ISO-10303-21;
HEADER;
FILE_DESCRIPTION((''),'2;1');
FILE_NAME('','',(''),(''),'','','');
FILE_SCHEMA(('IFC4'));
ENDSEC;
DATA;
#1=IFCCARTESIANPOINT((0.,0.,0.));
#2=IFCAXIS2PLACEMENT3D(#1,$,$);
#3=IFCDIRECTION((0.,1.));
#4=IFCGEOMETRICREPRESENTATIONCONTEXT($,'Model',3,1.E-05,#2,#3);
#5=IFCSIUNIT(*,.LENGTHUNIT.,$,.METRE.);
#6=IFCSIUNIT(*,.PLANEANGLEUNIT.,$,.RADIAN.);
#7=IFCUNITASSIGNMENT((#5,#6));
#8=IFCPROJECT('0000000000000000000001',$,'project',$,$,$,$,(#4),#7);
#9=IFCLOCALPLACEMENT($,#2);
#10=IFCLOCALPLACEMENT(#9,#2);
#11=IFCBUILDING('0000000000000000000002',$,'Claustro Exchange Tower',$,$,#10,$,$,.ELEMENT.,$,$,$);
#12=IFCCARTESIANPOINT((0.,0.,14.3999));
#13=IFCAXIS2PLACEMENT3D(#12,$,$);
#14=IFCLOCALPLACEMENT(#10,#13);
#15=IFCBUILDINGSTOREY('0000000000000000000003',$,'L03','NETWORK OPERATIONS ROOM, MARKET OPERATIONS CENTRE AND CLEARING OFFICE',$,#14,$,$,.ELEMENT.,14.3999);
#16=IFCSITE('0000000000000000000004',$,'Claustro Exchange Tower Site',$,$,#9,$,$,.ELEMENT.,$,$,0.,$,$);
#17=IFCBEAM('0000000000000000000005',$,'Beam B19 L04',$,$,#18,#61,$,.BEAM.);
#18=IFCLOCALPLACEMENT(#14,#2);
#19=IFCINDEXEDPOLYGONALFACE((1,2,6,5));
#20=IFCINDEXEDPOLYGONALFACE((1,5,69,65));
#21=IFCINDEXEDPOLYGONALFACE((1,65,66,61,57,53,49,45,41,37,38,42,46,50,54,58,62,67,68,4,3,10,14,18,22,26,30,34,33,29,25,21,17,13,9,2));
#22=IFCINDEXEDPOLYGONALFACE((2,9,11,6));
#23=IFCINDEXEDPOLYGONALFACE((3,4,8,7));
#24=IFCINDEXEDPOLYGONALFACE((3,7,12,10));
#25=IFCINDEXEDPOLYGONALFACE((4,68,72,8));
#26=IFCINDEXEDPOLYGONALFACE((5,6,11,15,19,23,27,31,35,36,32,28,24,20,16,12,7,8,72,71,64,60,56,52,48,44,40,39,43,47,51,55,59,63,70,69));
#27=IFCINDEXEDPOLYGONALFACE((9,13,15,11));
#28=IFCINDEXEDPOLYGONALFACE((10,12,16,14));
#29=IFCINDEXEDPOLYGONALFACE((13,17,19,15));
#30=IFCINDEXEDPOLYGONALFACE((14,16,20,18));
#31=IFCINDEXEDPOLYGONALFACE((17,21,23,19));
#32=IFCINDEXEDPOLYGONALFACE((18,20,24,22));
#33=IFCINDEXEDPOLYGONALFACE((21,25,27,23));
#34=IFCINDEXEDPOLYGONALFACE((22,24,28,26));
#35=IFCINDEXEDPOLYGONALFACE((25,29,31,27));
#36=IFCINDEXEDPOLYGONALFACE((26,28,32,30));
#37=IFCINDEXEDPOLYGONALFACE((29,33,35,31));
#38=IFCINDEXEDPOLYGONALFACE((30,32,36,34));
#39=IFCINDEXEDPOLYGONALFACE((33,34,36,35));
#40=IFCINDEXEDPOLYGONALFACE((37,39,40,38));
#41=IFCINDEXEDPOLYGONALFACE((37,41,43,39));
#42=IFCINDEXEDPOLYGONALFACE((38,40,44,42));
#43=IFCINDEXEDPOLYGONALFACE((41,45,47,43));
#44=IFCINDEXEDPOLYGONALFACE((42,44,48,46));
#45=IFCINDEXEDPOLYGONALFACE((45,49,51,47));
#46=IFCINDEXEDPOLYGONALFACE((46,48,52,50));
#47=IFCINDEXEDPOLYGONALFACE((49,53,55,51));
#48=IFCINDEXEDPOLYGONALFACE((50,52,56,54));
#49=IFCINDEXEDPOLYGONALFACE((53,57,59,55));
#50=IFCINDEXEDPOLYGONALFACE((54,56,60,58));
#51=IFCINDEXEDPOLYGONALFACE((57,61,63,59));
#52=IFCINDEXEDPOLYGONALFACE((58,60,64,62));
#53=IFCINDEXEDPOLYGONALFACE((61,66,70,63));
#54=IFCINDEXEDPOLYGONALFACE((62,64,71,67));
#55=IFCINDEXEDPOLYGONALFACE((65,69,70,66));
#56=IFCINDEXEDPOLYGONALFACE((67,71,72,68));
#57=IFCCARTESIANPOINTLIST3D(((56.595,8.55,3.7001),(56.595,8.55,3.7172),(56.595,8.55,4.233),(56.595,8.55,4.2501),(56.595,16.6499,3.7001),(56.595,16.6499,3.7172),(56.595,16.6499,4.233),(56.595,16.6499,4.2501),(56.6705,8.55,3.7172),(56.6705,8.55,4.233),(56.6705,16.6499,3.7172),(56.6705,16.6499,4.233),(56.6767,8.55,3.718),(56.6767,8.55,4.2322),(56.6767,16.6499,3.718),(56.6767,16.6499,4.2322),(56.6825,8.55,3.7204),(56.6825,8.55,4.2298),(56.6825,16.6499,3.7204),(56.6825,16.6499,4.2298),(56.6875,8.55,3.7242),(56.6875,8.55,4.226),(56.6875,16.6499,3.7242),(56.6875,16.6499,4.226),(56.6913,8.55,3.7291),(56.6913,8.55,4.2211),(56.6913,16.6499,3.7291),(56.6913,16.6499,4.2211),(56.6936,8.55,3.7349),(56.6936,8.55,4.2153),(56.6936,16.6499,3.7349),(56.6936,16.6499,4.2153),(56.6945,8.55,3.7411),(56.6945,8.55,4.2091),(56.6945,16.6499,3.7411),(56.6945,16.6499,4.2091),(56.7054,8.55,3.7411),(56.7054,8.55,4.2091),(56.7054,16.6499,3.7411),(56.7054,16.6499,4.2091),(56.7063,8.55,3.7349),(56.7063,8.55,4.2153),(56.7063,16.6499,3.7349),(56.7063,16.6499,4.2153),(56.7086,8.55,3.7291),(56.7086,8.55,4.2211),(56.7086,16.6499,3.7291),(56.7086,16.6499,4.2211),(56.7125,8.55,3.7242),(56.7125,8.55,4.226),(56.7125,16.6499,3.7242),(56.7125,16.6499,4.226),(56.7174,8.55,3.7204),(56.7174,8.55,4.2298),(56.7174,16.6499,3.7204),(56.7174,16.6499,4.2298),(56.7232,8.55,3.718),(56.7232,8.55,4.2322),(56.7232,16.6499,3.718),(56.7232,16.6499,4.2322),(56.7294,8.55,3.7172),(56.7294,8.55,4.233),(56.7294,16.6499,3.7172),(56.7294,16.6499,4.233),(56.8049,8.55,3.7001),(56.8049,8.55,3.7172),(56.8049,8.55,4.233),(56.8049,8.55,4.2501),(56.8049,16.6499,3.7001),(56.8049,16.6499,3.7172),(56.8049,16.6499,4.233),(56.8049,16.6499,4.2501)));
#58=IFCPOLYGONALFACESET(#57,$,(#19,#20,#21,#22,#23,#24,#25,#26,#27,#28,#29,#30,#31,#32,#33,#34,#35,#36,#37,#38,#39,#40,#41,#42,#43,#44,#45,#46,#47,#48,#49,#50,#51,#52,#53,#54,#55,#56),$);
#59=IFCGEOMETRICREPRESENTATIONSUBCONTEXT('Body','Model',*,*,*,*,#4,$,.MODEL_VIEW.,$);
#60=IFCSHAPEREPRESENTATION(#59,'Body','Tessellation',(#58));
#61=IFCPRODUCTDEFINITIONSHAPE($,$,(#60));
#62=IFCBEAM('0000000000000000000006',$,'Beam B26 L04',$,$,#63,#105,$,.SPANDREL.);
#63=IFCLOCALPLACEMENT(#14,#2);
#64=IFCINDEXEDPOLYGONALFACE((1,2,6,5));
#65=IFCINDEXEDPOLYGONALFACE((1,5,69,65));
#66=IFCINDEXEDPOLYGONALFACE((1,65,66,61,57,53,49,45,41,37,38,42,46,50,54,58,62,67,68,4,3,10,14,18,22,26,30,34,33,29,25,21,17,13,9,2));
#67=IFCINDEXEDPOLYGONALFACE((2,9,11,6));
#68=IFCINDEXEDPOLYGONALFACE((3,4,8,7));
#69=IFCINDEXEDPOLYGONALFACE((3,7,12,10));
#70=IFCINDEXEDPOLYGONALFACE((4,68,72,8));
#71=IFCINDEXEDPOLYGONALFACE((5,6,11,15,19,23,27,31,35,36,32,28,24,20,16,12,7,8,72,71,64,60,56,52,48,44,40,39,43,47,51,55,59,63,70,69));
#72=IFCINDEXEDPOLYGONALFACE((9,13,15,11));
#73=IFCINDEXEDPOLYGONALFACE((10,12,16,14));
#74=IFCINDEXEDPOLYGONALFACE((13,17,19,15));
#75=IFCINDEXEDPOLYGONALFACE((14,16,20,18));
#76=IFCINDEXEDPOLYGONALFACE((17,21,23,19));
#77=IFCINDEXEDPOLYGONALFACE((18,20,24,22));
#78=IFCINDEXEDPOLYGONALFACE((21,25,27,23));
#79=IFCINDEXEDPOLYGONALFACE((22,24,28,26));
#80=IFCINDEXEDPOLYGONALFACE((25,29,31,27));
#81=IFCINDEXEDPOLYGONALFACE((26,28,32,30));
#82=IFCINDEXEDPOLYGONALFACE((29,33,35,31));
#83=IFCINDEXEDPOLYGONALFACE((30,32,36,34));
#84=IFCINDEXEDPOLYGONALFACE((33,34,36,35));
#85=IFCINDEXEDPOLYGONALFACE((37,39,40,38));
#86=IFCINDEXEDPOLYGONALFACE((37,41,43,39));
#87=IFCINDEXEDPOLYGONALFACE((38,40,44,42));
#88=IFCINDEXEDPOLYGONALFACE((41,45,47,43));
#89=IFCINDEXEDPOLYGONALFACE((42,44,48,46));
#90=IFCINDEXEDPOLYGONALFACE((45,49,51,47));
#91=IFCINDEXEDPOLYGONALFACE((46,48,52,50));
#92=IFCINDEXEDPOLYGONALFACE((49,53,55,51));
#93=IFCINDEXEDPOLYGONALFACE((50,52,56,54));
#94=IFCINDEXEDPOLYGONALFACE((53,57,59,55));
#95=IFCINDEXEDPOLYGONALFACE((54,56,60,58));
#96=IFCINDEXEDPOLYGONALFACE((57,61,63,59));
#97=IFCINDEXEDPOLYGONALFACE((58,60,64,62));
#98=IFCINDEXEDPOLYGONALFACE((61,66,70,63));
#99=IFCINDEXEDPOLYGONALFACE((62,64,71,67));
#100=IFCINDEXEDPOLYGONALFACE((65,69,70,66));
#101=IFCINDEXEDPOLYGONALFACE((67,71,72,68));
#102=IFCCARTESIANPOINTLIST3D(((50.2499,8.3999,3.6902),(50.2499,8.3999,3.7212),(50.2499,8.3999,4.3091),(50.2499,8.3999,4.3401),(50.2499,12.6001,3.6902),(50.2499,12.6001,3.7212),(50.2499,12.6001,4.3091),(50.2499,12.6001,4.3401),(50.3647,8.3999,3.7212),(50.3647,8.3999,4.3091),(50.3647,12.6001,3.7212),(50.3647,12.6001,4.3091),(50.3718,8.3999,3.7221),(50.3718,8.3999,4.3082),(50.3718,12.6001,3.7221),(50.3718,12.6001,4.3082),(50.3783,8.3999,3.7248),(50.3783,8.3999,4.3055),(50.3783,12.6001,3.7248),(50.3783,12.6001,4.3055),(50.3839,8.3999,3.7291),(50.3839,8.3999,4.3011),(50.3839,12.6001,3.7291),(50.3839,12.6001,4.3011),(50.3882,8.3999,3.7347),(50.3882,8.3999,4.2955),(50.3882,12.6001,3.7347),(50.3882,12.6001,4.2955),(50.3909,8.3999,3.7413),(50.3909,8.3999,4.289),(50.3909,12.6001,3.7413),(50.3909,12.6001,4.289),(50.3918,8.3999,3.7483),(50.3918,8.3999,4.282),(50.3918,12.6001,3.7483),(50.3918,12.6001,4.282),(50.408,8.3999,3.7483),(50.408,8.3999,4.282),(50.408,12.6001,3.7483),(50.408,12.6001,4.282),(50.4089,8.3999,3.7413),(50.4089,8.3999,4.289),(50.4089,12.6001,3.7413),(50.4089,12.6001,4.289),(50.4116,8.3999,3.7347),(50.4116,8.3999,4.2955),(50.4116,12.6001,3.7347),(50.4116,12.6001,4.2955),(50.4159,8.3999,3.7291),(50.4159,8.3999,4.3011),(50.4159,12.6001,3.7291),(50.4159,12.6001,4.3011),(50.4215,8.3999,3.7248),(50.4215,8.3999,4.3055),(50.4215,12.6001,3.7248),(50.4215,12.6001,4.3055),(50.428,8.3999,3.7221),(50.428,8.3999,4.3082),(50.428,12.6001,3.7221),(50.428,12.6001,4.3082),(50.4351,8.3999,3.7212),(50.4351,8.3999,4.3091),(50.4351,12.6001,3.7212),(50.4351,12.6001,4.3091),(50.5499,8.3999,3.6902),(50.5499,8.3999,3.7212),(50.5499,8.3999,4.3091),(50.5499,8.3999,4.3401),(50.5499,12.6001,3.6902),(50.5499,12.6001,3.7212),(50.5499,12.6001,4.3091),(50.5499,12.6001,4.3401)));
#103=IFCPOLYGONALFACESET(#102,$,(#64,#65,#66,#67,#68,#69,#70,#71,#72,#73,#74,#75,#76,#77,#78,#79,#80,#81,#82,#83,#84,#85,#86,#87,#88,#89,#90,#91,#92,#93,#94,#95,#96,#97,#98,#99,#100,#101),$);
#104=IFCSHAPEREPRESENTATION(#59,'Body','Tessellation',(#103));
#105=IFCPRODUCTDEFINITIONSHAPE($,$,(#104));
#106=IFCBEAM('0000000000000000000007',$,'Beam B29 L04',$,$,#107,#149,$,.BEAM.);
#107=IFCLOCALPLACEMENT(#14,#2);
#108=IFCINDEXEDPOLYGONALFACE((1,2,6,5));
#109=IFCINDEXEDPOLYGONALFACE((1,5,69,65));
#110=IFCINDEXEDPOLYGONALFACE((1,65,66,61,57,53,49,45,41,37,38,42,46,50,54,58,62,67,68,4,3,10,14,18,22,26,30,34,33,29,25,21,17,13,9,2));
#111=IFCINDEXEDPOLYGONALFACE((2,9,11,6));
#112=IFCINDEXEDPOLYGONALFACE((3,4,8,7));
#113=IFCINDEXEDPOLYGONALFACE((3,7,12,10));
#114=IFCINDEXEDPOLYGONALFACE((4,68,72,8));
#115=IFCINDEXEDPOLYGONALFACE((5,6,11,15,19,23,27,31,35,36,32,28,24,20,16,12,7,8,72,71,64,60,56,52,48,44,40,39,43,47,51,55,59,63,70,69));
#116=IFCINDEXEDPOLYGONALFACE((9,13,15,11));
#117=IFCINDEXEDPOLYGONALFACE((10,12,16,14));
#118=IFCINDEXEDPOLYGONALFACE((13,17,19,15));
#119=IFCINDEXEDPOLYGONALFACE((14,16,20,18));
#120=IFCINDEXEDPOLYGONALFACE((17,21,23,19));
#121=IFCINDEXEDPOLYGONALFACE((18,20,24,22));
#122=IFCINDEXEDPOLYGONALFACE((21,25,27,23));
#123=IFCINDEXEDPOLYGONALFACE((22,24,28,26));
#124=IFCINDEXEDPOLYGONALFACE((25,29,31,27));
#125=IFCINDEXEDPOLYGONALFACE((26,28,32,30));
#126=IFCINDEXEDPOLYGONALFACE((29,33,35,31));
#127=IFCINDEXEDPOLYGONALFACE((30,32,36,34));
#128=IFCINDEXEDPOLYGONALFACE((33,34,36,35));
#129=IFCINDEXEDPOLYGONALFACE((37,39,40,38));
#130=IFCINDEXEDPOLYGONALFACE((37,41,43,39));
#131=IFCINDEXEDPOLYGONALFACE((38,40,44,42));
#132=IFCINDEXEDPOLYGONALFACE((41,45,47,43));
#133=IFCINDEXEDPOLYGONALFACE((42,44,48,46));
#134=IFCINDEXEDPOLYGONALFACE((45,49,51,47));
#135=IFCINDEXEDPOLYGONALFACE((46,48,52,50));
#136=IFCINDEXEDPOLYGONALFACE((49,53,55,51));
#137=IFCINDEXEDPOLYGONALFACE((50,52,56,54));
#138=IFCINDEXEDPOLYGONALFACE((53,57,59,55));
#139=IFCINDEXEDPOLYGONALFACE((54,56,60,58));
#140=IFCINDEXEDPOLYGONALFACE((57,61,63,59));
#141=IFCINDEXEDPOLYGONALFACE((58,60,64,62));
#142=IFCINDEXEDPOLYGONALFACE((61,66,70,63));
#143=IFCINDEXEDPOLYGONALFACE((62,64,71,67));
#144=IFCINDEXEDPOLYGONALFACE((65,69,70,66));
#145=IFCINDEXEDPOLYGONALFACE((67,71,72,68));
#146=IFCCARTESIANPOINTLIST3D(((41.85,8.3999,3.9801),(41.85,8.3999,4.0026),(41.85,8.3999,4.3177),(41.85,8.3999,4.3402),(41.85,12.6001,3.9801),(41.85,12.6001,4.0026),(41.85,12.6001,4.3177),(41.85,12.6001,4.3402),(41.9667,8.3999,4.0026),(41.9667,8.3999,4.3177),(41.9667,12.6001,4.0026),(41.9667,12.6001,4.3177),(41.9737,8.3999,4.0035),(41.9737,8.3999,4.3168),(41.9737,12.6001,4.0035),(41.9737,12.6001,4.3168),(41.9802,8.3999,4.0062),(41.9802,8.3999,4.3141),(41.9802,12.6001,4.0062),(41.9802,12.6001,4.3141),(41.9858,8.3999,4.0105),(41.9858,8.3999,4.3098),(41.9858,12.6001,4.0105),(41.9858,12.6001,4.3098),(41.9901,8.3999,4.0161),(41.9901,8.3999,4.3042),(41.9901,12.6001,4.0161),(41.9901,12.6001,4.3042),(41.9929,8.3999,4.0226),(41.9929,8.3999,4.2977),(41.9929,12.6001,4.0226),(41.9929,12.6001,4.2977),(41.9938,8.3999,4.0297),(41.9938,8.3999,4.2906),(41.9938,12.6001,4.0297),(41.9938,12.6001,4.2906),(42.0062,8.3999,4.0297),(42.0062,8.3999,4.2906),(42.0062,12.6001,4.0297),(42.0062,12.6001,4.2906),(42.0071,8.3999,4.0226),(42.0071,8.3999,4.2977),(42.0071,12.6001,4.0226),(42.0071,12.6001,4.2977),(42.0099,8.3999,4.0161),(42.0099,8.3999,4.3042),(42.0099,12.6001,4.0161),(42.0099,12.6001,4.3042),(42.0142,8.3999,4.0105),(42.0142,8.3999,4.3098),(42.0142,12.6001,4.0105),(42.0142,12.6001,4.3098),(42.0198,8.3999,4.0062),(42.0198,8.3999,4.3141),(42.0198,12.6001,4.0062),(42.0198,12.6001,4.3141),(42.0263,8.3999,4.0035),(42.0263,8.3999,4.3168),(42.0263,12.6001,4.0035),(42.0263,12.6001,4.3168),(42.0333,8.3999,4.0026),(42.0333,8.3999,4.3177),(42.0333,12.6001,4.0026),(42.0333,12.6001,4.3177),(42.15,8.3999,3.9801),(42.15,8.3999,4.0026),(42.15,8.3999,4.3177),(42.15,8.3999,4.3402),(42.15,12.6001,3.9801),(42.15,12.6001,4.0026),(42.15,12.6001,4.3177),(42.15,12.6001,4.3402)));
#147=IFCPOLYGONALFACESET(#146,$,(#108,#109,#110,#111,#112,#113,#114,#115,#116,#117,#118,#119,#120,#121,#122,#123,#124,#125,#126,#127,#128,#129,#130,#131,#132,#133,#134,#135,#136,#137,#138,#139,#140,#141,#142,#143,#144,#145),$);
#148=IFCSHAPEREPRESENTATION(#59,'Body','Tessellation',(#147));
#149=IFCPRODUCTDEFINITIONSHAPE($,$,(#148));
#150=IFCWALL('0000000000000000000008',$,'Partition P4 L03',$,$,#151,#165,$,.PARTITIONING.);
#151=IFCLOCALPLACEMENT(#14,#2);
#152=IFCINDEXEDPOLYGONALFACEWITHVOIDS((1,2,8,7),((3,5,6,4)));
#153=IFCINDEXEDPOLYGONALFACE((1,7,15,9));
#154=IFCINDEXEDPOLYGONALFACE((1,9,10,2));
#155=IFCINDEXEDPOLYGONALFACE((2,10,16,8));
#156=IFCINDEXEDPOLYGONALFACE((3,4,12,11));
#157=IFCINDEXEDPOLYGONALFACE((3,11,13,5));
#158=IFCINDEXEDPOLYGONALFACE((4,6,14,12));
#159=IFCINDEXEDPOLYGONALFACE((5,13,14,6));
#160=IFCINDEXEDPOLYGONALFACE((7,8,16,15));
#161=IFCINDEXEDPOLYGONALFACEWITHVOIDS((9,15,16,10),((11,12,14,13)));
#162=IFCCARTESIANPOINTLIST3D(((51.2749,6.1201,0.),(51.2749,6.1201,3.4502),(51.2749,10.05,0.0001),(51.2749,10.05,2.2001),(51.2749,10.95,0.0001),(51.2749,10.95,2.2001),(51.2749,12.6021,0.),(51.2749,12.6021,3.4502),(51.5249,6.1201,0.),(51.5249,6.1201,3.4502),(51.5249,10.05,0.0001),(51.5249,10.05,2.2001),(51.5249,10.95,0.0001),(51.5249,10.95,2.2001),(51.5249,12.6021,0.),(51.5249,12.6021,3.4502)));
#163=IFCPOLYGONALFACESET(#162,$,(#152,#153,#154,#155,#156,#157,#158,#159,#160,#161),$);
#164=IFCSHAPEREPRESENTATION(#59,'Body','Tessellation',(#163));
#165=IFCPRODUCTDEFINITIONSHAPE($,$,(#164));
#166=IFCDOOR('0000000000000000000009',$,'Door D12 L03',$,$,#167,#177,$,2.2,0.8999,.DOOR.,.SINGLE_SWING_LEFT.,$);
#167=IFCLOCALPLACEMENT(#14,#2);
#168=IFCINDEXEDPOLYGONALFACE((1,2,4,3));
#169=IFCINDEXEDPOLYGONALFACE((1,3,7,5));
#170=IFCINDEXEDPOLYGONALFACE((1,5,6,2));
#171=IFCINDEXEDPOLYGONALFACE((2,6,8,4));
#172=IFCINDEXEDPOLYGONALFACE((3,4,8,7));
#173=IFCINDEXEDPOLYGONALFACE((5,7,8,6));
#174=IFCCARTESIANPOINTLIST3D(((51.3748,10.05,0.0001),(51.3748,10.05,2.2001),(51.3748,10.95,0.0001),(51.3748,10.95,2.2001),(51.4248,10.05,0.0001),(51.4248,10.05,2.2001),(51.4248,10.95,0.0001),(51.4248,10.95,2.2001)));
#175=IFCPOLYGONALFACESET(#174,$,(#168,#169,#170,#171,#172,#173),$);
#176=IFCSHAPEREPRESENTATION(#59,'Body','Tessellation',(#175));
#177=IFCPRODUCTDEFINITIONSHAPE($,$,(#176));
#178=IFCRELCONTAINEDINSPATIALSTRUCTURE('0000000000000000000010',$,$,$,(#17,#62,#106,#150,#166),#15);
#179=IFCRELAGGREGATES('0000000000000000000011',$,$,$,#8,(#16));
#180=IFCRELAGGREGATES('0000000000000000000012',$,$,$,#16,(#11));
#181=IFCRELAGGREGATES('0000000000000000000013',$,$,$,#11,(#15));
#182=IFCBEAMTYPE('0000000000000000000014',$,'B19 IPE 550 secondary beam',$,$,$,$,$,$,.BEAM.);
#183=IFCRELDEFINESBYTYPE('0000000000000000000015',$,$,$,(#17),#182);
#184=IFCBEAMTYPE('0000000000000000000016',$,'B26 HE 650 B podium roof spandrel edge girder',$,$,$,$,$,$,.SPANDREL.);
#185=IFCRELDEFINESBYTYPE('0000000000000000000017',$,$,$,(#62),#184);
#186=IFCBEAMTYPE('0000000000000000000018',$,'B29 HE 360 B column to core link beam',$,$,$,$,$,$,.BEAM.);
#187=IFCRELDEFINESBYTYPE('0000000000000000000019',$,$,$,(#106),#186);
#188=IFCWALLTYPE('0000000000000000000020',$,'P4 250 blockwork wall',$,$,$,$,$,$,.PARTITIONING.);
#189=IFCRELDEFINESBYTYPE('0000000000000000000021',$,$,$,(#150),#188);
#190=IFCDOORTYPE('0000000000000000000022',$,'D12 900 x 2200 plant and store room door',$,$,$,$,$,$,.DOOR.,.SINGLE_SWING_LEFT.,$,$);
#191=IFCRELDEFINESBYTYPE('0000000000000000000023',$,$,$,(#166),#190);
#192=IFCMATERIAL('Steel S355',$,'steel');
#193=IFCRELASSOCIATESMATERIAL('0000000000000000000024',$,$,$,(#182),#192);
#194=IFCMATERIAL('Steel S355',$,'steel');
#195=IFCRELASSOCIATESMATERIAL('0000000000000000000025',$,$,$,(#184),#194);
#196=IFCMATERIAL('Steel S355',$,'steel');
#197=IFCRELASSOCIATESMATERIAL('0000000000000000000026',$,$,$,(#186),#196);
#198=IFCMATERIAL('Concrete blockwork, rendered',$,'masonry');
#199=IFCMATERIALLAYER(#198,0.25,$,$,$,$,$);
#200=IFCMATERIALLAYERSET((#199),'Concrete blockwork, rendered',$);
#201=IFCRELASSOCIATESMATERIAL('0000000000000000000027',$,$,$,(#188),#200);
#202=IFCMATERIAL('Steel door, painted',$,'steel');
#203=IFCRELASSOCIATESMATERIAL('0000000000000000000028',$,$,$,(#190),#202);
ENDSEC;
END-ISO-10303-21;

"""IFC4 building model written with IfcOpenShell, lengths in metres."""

from ifc_helpers import new_model, si_unit, direction, frame, frame_2d, origin, origin_2d, place, context, subcontext, project, spatial, rectangle, i_section, extrude, material, layer, layer_set, material_profile, profile_set, type_object, element, fill, save


model = new_model("IFC4")

# Units and contexts
model_context = context("Model", 3, precision=1e-05, world=origin(), true_north=direction((0.0, 1.0)))
body_context = subcontext(model_context, "Body", "Model", "MODEL_VIEW")
ifc_project = project(units=[si_unit("LENGTHUNIT", "METRE"), si_unit("PLANEANGLEUNIT", "RADIAN")], contexts=[model_context])

# Site, building, storey
site_placement = place(None, origin())
site = spatial("IfcSite", under=ifc_project, at=site_placement, Name="Claustro Exchange Tower Site", CompositionType="ELEMENT", RefElevation=0.0)
building_placement = place(site_placement, origin())
building = spatial("IfcBuilding", under=site, at=building_placement, Name="Claustro Exchange Tower", CompositionType="ELEMENT")
storey_placement = place(building_placement, frame((0.0, 0.0, 14.3999)))
storey = spatial("IfcBuildingStorey", under=building, at=storey_placement, Name="L03", Description="NETWORK OPERATIONS ROOM, MARKET OPERATIONS CENTRE AND CLEARING OFFICE", CompositionType="ELEMENT", Elevation=14.3999)

# Beams
ifc_material_1 = material(Name="Steel S355", Category="steel")
ifc_material_profile_1 = material_profile(ifc_material_1, i_section(OverallWidth=0.21, OverallDepth=0.55, WebThickness=0.011, FlangeThickness=0.0171, FilletRadius=0.0239, at=origin_2d()), Name="IPE 550")
ifc_profile_set_1 = profile_set([ifc_material_profile_1], Name="Steel S355")
beam_type_1 = type_object("IfcBeamType", Name="B19 IPE 550 secondary beam", PredefinedType="BEAM", material=ifc_profile_set_1)
for number, where, z_axis, x_axis, name in (
    (1, (56.7, 8.55, 3.9751), (0.0, 1.0, 0.0), (-1.0, 0.0, 0.0), "Beam B19 L04"),
):
    element("IfcBeam", number, at=place(storey_placement, frame(where, z_axis=z_axis, x_axis=x_axis)), inside=storey, type_object=beam_type_1, Name=name, PredefinedType="BEAM", context=body_context, shape_type="SweptSolid", body=[
        extrude(i_section(OverallWidth=0.21, OverallDepth=0.55, WebThickness=0.011, FlangeThickness=0.0171, FilletRadius=0.0239, at=origin_2d()), origin(), (0.0, 0.0, 1.0), 8.0999),
    ])
ifc_material_2 = material(Name="Steel S355", Category="steel")
ifc_material_profile_2 = material_profile(ifc_material_2, i_section(OverallWidth=0.3, OverallDepth=0.6499, WebThickness=0.0161, FlangeThickness=0.031, FilletRadius=0.0271, at=origin_2d()), Name="HE 650 B")
ifc_profile_set_2 = profile_set([ifc_material_profile_2], Name="Steel S355")
beam_type_2 = type_object("IfcBeamType", Name="B26 HE 650 B podium roof spandrel edge girder", PredefinedType="SPANDREL", material=ifc_profile_set_2)
beam_1_placement = place(storey_placement, frame((50.3999, 8.3999, 4.0151), z_axis=(0.0, 1.0, 0.0), x_axis=(-1.0, 0.0, 0.0)))
element("IfcBeam", 2, at=beam_1_placement, inside=storey, type_object=beam_type_2, Name="Beam B26 L04", PredefinedType="SPANDREL", context=body_context, shape_type="SweptSolid", body=[
    extrude(i_section(OverallWidth=0.3, OverallDepth=0.6499, WebThickness=0.0161, FlangeThickness=0.031, FilletRadius=0.0271, at=origin_2d()), origin(), (0.0, 0.0, 1.0), 4.2002),
])
ifc_material_3 = material(Name="Steel S355", Category="steel")
ifc_material_profile_3 = material_profile(ifc_material_3, i_section(OverallWidth=0.3, OverallDepth=0.3601, WebThickness=0.0125, FlangeThickness=0.0225, FilletRadius=0.0271, at=origin_2d()), Name="HE 360 B")
ifc_profile_set_3 = profile_set([ifc_material_profile_3], Name="Steel S355")
beam_type_3 = type_object("IfcBeamType", Name="B29 HE 360 B column to core link beam", PredefinedType="BEAM", material=ifc_profile_set_3)
beam_2_placement = place(storey_placement, frame((42.0, 8.3999, 4.1602), z_axis=(0.0, 1.0, 0.0), x_axis=(-1.0, 0.0, 0.0)))
element("IfcBeam", 3, at=beam_2_placement, inside=storey, type_object=beam_type_3, Name="Beam B29 L04", PredefinedType="BEAM", context=body_context, shape_type="SweptSolid", body=[
    extrude(i_section(OverallWidth=0.3, OverallDepth=0.3601, WebThickness=0.0125, FlangeThickness=0.0225, FilletRadius=0.0271, at=origin_2d()), origin(), (0.0, 0.0, 1.0), 4.2002),
])

# Wall, opening, door
ifc_material_4 = material(Name="Concrete blockwork, rendered", Category="masonry")
ifc_layer_1 = layer(ifc_material_4, 0.25)
ifc_layer_set_1 = layer_set([ifc_layer_1], Name="Concrete blockwork, rendered")
wall_type_1 = type_object("IfcWallType", Name="P4 250 blockwork wall", PredefinedType="PARTITIONING", material=ifc_layer_set_1)
wall_1_placement = place(storey_placement, frame((51.3999, 6.1201, 0.0), z_axis=(0.0, 0.0, 1.0), x_axis=(0.0, 1.0, 0.0)))
wall_1 = element("IfcWall", 4, at=wall_1_placement, inside=storey, type_object=wall_type_1, Name="Partition P4 L03", PredefinedType="PARTITIONING", context=body_context, shape_type="SweptSolid", body=[
    extrude(rectangle(XDim=6.4819, YDim=0.25, at=frame_2d((3.241, 0.0))), origin(), (0.0, 0.0, 1.0), 3.4502),
])
opening_1_placement = place(wall_1_placement, frame((3.9299, 0.0, 0.0)))
opening_1 = element("IfcOpeningElement", 5, at=opening_1_placement, cuts=wall_1, PredefinedType="OPENING", context=body_context, shape_type="SweptSolid", body=[
    extrude(rectangle(XDim=0.8999, YDim=2.2, at=frame_2d((0.45, 1.1001))), frame((0.0, 0.135, 0.0), z_axis=(0.0, -1.0, 0.0), x_axis=(1.0, 0.0, 0.0)), (0.0, 0.0, 1.0), 0.27),
])
ifc_material_5 = material(Name="Steel door, painted", Category="steel")
door_type_1 = type_object("IfcDoorType", Name="D12 900 x 2200 plant and store room door", OperationType="SINGLE_SWING_LEFT", PredefinedType="DOOR", material=ifc_material_5)
door_1_placement = place(opening_1_placement, frame((0.8999, 0.0, 0.0), z_axis=(0.0, 0.0, 1.0), x_axis=(-1.0, 0.0, 0.0)))
door_1 = element("IfcDoor", 6, at=door_1_placement, inside=storey, type_object=door_type_1, Name="Door D12 L03", OperationType="SINGLE_SWING_LEFT", OverallHeight=2.2, OverallWidth=0.8999, PredefinedType="DOOR", context=body_context, shape_type="SweptSolid", body=[
    extrude(rectangle(XDim=0.8999, YDim=2.2, at=frame_2d((0.45, 1.1001))), frame((0.0, 0.0249, 0.0), z_axis=(0.0, -1.0, 0.0), x_axis=(1.0, 0.0, 0.0)), (0.0, 0.0, 1.0), 0.05),
])
fill(opening_1, door_1)

save(model, "model.ifc")
